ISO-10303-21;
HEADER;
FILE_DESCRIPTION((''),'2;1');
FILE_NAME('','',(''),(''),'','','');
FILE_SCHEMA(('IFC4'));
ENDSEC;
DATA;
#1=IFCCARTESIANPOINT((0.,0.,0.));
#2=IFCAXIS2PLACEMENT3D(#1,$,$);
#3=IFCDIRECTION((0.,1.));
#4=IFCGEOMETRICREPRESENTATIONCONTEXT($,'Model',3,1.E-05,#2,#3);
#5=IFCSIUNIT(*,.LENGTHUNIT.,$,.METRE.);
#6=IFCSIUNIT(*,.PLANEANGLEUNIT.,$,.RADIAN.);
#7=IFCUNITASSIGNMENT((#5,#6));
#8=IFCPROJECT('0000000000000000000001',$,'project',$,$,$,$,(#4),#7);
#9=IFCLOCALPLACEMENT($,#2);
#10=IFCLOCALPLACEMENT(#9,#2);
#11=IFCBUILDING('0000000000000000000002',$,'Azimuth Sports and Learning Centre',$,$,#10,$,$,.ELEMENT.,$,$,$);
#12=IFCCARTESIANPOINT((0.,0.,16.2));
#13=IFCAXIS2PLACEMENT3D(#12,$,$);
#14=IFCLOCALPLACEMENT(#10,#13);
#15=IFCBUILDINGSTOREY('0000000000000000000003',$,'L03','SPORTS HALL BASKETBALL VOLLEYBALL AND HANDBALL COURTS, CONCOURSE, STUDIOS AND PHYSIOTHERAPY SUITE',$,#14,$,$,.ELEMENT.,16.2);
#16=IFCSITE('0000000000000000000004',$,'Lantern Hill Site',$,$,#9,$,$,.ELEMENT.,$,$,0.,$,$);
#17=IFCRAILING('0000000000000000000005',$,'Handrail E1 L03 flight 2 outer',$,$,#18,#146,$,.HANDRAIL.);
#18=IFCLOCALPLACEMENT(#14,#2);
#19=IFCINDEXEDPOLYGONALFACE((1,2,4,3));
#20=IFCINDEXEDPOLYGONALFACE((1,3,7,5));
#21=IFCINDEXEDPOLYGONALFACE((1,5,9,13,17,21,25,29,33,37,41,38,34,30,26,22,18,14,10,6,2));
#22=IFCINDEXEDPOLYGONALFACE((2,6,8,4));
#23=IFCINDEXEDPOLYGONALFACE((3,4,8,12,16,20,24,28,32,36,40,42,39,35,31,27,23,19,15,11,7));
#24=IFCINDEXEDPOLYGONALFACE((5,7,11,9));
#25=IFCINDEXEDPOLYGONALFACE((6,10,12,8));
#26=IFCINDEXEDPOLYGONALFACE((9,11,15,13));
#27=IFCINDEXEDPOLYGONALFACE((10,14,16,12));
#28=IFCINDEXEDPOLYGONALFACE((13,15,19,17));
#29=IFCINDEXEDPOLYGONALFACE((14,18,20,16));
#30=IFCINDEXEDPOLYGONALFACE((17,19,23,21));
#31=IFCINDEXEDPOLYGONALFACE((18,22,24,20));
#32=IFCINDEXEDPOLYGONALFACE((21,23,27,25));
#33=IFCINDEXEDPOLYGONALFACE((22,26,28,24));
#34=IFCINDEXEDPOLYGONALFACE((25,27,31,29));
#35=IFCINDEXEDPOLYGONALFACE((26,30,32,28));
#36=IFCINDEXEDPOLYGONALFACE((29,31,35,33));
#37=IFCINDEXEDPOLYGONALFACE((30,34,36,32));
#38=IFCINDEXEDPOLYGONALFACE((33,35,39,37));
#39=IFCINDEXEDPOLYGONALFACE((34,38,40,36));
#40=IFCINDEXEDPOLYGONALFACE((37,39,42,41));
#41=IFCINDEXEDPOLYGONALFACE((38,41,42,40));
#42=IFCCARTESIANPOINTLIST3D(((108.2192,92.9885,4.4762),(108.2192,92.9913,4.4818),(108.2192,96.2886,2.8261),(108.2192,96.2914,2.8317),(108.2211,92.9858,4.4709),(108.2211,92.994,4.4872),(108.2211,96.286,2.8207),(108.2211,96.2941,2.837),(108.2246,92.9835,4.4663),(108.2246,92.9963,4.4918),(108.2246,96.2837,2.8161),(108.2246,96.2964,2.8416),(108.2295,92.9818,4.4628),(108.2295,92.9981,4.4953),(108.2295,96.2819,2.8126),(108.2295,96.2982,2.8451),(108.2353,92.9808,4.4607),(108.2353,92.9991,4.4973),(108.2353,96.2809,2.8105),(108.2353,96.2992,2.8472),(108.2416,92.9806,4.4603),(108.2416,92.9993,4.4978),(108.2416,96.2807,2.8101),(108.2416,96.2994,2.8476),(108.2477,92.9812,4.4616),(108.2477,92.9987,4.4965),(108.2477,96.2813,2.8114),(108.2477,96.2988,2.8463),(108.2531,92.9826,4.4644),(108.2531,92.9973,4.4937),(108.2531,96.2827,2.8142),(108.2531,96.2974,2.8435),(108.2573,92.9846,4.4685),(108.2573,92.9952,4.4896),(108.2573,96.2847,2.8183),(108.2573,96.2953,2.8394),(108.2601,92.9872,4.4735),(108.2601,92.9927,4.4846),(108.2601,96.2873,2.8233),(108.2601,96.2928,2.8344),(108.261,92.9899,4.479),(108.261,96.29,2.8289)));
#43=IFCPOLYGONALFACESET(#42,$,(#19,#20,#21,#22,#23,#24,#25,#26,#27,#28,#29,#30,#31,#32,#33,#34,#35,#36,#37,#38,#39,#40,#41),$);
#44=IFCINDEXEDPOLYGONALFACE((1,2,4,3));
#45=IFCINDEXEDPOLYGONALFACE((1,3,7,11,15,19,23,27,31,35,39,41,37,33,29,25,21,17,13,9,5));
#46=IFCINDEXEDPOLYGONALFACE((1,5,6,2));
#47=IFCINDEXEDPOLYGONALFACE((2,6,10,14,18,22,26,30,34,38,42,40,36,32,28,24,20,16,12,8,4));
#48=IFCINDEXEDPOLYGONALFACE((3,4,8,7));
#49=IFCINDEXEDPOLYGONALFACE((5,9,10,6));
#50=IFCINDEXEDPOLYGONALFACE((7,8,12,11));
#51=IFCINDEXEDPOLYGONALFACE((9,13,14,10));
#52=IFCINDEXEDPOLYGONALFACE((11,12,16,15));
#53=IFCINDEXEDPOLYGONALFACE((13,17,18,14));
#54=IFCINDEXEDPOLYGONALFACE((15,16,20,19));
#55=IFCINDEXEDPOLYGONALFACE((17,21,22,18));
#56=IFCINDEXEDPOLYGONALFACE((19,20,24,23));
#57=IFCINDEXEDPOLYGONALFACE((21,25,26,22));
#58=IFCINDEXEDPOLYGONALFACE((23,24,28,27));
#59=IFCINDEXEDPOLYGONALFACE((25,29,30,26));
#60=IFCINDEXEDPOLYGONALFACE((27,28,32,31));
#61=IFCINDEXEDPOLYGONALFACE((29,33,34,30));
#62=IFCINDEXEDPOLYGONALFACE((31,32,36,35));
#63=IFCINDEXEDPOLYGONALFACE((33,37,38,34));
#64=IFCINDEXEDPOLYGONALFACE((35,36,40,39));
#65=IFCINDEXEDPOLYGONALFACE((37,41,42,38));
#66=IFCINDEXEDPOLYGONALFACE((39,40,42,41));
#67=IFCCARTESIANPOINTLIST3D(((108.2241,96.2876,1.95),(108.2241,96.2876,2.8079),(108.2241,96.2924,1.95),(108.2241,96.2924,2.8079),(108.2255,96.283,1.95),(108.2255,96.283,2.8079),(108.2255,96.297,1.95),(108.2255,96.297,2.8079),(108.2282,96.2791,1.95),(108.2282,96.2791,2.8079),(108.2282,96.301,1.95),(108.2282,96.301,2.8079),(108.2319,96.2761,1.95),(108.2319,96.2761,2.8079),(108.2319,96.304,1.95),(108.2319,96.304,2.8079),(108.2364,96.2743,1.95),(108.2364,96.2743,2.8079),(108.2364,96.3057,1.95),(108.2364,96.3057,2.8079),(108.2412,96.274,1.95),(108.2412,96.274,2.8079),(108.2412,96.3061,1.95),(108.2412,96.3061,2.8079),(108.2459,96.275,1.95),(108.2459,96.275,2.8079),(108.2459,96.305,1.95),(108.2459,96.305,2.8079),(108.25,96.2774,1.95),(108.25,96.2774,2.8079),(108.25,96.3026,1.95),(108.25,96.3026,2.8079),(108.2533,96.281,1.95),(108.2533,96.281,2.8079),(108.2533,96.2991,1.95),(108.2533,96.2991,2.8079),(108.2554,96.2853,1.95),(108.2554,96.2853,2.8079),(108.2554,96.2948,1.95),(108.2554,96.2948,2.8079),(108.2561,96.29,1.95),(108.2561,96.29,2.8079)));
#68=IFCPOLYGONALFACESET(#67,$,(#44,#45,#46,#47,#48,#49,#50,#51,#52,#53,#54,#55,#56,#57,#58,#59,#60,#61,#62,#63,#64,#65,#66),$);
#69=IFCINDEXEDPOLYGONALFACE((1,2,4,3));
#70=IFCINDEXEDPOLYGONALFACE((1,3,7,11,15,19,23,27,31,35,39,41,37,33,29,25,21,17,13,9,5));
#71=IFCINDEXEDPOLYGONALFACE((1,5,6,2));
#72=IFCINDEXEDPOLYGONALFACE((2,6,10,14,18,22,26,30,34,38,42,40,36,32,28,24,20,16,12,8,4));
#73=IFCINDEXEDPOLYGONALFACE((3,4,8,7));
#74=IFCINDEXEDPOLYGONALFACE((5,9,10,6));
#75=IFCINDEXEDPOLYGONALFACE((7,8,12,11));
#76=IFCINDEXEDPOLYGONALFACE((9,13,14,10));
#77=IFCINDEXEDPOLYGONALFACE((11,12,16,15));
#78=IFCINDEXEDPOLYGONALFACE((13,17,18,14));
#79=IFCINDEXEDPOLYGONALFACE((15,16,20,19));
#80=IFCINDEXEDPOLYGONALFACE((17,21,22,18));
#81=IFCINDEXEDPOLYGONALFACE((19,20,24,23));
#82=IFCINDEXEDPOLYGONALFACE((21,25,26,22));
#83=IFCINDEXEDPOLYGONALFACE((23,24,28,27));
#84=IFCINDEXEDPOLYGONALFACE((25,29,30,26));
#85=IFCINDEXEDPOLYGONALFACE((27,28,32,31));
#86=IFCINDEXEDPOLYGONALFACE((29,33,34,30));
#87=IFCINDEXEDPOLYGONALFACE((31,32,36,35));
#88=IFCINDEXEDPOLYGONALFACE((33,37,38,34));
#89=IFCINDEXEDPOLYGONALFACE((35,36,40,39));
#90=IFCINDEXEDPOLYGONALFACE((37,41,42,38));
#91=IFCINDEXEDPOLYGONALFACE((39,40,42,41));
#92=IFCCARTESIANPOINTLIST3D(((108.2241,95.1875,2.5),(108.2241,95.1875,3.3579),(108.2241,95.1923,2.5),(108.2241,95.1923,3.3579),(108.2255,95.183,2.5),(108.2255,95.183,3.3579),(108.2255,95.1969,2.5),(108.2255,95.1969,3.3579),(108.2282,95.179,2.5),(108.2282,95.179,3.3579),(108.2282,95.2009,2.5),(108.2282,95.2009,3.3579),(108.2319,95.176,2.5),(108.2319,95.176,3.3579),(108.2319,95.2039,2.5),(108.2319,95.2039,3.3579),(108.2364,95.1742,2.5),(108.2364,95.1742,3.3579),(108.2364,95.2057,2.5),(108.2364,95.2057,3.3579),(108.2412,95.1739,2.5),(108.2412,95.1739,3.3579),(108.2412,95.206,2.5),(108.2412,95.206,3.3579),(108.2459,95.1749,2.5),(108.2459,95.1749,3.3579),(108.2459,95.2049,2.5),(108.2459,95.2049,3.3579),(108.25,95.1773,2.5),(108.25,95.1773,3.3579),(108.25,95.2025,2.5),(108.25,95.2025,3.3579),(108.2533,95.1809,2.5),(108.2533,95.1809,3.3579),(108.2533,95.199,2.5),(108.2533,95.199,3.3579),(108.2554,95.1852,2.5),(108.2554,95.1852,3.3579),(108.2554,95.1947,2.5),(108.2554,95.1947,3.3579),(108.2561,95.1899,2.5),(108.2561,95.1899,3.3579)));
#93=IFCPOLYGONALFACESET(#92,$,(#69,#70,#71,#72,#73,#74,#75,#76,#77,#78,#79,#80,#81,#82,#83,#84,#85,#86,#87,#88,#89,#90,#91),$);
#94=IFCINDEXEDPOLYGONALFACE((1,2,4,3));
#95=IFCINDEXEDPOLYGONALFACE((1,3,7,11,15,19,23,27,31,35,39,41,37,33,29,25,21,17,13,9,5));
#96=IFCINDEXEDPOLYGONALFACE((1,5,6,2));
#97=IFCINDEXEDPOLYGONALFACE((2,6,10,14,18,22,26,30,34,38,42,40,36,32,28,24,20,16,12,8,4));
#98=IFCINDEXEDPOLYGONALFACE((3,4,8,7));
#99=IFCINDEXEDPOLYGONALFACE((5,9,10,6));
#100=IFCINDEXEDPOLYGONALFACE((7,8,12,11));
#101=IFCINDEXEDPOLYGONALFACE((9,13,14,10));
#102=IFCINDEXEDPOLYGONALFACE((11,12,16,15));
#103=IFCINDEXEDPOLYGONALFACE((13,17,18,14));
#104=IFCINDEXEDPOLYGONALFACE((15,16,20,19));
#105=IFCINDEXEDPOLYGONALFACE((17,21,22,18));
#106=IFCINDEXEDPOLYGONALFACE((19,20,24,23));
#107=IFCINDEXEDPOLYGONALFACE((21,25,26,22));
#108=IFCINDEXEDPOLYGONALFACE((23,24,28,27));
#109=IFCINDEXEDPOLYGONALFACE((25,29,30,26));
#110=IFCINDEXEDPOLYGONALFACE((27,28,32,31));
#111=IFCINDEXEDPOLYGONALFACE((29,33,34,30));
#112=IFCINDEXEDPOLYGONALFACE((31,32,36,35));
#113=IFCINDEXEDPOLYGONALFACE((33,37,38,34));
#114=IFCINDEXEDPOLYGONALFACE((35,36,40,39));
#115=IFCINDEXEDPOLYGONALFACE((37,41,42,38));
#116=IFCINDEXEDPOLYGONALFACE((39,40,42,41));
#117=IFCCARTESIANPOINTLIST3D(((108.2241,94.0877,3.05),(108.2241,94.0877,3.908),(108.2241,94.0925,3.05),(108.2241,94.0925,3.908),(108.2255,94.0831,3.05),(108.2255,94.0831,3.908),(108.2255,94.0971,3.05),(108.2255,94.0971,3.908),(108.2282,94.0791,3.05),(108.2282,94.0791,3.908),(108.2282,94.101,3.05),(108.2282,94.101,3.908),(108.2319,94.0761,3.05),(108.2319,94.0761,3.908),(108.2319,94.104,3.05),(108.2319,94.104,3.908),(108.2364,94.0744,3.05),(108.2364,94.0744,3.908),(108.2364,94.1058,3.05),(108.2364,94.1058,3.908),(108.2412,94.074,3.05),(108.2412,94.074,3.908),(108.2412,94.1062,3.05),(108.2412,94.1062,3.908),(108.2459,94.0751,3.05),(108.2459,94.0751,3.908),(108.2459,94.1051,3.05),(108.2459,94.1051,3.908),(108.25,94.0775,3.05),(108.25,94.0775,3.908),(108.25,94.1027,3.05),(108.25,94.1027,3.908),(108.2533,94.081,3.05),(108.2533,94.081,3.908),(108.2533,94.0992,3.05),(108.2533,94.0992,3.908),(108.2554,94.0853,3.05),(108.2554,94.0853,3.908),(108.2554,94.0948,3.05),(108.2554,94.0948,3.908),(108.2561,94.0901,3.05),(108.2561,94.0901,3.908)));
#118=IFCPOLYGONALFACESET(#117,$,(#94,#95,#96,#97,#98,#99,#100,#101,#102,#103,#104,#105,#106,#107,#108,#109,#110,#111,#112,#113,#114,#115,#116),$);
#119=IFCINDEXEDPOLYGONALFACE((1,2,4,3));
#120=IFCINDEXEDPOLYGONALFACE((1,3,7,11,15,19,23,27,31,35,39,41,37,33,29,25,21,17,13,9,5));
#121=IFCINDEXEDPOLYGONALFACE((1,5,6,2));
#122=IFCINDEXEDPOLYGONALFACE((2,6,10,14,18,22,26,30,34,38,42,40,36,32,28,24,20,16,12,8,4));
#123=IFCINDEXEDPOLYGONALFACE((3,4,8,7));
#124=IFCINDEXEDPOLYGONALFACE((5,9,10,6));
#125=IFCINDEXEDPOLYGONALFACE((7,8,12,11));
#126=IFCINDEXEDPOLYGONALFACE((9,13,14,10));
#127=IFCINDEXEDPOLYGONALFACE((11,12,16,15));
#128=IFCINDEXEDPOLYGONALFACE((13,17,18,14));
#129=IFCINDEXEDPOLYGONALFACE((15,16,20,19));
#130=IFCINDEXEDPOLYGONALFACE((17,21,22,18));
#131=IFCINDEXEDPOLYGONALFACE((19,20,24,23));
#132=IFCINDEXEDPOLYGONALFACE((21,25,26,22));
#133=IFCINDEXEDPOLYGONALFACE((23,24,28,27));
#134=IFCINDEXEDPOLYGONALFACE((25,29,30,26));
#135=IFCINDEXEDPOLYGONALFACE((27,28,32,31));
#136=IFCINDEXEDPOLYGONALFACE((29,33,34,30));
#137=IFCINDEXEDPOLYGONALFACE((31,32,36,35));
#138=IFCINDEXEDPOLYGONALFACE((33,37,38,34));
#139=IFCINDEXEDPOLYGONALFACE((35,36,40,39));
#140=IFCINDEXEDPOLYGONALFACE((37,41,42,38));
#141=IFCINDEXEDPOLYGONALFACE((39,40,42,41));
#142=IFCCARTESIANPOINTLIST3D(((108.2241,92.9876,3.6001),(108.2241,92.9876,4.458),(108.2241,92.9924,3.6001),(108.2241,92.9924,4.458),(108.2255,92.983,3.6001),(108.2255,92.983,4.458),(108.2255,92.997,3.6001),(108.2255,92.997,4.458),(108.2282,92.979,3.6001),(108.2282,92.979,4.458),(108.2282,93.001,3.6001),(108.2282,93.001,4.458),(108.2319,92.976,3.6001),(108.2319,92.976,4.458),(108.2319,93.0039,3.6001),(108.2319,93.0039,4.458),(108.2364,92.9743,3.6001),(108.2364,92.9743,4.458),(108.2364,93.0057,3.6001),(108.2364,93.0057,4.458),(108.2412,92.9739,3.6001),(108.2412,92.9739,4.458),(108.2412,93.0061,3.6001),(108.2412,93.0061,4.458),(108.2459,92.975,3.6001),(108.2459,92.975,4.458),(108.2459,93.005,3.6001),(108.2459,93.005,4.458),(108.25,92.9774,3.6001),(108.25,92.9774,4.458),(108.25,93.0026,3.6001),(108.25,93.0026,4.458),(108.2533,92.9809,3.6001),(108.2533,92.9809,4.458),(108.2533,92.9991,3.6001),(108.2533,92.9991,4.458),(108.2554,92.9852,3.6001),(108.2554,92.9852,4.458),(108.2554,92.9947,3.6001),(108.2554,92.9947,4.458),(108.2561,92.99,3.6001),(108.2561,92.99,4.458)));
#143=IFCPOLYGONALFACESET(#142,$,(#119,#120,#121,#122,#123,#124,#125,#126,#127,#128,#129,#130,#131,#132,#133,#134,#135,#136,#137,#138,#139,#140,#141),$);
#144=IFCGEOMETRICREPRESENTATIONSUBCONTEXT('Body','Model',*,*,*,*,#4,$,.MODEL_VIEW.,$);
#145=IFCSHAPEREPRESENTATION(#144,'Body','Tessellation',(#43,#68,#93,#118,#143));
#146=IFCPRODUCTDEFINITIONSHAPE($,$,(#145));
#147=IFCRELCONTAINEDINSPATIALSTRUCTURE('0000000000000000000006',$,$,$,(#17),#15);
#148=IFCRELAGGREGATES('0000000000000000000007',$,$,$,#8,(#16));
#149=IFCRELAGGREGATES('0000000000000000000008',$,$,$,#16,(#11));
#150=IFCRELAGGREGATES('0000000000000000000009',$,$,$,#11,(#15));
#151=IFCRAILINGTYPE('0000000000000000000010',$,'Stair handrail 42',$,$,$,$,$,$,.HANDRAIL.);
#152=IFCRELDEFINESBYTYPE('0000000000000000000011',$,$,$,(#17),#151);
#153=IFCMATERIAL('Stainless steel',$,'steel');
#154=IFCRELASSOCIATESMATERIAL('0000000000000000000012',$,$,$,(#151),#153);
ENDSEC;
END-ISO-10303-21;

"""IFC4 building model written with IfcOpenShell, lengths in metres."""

from ifc_helpers import new_model, si_unit, direction, frame, origin, origin_2d, place, context, subcontext, project, spatial, circle, extrude, material, type_object, element, save


model = new_model("IFC4")

# Units and contexts
model_context = context("Model", 3, precision=1e-05, world=origin(), true_north=direction((0.0, 1.0)))
body_context = subcontext(model_context, "Body", "Model", "MODEL_VIEW")
ifc_project = project(units=[si_unit("LENGTHUNIT", "METRE"), si_unit("PLANEANGLEUNIT", "RADIAN")], contexts=[model_context])

# Site, building, storey
site_placement = place(None, origin())
site = spatial("IfcSite", under=ifc_project, at=site_placement, Name="Lantern Hill Site", CompositionType="ELEMENT", RefElevation=0.0)
building_placement = place(site_placement, origin())
building = spatial("IfcBuilding", under=site, at=building_placement, Name="Azimuth Sports and Learning Centre", CompositionType="ELEMENT")
storey_placement = place(building_placement, frame((0.0, 0.0, 16.2)))
storey = spatial("IfcBuildingStorey", under=building, at=storey_placement, Name="L03", Description="SPORTS HALL BASKETBALL VOLLEYBALL AND HANDBALL COURTS, CONCOURSE, STUDIOS AND PHYSIOTHERAPY SUITE", CompositionType="ELEMENT", Elevation=16.2)

# Railing
ifc_material_1 = material(Name="Stainless steel", Category="steel")
railing_type = type_object("IfcRailingType", Name="Stair handrail 42", PredefinedType="HANDRAIL", material=ifc_material_1)
for number, where, name in (
    (1, (108.24, 96.29, 1.95), "Handrail E1 L03 flight 2 outer"),
):
    element("IfcRailing", number, at=place(storey_placement, frame(where)), inside=storey, type_object=railing_type, Name=name, PredefinedType="HANDRAIL", context=body_context, shape_type="SweptSolid", body=[
        extrude(circle(Radius=0.021, at=origin_2d()), frame((0.0, 0.0, 0.8789), z_axis=(0.0, -0.894414, 0.44724), x_axis=(1.0, 0.0, 0.0)), (0.0, 0.0, 1.0), 3.6897),
        extrude(circle(Radius=0.0161, at=origin_2d()), origin(), (0.0, 0.0, 1.0), 0.8579),
        extrude(circle(Radius=0.0161, at=origin_2d()), frame((0.0, -1.1001, 0.55)), (0.0, 0.0, 1.0), 0.8579),
        extrude(circle(Radius=0.0161, at=origin_2d()), frame((0.0, -2.2, 1.1001)), (0.0, 0.0, 1.0), 0.8579),
        extrude(circle(Radius=0.0161, at=origin_2d()), frame((0.0, -3.3, 1.6501)), (0.0, 0.0, 1.0), 0.8579),
    ])

save(model, "model.ifc")
